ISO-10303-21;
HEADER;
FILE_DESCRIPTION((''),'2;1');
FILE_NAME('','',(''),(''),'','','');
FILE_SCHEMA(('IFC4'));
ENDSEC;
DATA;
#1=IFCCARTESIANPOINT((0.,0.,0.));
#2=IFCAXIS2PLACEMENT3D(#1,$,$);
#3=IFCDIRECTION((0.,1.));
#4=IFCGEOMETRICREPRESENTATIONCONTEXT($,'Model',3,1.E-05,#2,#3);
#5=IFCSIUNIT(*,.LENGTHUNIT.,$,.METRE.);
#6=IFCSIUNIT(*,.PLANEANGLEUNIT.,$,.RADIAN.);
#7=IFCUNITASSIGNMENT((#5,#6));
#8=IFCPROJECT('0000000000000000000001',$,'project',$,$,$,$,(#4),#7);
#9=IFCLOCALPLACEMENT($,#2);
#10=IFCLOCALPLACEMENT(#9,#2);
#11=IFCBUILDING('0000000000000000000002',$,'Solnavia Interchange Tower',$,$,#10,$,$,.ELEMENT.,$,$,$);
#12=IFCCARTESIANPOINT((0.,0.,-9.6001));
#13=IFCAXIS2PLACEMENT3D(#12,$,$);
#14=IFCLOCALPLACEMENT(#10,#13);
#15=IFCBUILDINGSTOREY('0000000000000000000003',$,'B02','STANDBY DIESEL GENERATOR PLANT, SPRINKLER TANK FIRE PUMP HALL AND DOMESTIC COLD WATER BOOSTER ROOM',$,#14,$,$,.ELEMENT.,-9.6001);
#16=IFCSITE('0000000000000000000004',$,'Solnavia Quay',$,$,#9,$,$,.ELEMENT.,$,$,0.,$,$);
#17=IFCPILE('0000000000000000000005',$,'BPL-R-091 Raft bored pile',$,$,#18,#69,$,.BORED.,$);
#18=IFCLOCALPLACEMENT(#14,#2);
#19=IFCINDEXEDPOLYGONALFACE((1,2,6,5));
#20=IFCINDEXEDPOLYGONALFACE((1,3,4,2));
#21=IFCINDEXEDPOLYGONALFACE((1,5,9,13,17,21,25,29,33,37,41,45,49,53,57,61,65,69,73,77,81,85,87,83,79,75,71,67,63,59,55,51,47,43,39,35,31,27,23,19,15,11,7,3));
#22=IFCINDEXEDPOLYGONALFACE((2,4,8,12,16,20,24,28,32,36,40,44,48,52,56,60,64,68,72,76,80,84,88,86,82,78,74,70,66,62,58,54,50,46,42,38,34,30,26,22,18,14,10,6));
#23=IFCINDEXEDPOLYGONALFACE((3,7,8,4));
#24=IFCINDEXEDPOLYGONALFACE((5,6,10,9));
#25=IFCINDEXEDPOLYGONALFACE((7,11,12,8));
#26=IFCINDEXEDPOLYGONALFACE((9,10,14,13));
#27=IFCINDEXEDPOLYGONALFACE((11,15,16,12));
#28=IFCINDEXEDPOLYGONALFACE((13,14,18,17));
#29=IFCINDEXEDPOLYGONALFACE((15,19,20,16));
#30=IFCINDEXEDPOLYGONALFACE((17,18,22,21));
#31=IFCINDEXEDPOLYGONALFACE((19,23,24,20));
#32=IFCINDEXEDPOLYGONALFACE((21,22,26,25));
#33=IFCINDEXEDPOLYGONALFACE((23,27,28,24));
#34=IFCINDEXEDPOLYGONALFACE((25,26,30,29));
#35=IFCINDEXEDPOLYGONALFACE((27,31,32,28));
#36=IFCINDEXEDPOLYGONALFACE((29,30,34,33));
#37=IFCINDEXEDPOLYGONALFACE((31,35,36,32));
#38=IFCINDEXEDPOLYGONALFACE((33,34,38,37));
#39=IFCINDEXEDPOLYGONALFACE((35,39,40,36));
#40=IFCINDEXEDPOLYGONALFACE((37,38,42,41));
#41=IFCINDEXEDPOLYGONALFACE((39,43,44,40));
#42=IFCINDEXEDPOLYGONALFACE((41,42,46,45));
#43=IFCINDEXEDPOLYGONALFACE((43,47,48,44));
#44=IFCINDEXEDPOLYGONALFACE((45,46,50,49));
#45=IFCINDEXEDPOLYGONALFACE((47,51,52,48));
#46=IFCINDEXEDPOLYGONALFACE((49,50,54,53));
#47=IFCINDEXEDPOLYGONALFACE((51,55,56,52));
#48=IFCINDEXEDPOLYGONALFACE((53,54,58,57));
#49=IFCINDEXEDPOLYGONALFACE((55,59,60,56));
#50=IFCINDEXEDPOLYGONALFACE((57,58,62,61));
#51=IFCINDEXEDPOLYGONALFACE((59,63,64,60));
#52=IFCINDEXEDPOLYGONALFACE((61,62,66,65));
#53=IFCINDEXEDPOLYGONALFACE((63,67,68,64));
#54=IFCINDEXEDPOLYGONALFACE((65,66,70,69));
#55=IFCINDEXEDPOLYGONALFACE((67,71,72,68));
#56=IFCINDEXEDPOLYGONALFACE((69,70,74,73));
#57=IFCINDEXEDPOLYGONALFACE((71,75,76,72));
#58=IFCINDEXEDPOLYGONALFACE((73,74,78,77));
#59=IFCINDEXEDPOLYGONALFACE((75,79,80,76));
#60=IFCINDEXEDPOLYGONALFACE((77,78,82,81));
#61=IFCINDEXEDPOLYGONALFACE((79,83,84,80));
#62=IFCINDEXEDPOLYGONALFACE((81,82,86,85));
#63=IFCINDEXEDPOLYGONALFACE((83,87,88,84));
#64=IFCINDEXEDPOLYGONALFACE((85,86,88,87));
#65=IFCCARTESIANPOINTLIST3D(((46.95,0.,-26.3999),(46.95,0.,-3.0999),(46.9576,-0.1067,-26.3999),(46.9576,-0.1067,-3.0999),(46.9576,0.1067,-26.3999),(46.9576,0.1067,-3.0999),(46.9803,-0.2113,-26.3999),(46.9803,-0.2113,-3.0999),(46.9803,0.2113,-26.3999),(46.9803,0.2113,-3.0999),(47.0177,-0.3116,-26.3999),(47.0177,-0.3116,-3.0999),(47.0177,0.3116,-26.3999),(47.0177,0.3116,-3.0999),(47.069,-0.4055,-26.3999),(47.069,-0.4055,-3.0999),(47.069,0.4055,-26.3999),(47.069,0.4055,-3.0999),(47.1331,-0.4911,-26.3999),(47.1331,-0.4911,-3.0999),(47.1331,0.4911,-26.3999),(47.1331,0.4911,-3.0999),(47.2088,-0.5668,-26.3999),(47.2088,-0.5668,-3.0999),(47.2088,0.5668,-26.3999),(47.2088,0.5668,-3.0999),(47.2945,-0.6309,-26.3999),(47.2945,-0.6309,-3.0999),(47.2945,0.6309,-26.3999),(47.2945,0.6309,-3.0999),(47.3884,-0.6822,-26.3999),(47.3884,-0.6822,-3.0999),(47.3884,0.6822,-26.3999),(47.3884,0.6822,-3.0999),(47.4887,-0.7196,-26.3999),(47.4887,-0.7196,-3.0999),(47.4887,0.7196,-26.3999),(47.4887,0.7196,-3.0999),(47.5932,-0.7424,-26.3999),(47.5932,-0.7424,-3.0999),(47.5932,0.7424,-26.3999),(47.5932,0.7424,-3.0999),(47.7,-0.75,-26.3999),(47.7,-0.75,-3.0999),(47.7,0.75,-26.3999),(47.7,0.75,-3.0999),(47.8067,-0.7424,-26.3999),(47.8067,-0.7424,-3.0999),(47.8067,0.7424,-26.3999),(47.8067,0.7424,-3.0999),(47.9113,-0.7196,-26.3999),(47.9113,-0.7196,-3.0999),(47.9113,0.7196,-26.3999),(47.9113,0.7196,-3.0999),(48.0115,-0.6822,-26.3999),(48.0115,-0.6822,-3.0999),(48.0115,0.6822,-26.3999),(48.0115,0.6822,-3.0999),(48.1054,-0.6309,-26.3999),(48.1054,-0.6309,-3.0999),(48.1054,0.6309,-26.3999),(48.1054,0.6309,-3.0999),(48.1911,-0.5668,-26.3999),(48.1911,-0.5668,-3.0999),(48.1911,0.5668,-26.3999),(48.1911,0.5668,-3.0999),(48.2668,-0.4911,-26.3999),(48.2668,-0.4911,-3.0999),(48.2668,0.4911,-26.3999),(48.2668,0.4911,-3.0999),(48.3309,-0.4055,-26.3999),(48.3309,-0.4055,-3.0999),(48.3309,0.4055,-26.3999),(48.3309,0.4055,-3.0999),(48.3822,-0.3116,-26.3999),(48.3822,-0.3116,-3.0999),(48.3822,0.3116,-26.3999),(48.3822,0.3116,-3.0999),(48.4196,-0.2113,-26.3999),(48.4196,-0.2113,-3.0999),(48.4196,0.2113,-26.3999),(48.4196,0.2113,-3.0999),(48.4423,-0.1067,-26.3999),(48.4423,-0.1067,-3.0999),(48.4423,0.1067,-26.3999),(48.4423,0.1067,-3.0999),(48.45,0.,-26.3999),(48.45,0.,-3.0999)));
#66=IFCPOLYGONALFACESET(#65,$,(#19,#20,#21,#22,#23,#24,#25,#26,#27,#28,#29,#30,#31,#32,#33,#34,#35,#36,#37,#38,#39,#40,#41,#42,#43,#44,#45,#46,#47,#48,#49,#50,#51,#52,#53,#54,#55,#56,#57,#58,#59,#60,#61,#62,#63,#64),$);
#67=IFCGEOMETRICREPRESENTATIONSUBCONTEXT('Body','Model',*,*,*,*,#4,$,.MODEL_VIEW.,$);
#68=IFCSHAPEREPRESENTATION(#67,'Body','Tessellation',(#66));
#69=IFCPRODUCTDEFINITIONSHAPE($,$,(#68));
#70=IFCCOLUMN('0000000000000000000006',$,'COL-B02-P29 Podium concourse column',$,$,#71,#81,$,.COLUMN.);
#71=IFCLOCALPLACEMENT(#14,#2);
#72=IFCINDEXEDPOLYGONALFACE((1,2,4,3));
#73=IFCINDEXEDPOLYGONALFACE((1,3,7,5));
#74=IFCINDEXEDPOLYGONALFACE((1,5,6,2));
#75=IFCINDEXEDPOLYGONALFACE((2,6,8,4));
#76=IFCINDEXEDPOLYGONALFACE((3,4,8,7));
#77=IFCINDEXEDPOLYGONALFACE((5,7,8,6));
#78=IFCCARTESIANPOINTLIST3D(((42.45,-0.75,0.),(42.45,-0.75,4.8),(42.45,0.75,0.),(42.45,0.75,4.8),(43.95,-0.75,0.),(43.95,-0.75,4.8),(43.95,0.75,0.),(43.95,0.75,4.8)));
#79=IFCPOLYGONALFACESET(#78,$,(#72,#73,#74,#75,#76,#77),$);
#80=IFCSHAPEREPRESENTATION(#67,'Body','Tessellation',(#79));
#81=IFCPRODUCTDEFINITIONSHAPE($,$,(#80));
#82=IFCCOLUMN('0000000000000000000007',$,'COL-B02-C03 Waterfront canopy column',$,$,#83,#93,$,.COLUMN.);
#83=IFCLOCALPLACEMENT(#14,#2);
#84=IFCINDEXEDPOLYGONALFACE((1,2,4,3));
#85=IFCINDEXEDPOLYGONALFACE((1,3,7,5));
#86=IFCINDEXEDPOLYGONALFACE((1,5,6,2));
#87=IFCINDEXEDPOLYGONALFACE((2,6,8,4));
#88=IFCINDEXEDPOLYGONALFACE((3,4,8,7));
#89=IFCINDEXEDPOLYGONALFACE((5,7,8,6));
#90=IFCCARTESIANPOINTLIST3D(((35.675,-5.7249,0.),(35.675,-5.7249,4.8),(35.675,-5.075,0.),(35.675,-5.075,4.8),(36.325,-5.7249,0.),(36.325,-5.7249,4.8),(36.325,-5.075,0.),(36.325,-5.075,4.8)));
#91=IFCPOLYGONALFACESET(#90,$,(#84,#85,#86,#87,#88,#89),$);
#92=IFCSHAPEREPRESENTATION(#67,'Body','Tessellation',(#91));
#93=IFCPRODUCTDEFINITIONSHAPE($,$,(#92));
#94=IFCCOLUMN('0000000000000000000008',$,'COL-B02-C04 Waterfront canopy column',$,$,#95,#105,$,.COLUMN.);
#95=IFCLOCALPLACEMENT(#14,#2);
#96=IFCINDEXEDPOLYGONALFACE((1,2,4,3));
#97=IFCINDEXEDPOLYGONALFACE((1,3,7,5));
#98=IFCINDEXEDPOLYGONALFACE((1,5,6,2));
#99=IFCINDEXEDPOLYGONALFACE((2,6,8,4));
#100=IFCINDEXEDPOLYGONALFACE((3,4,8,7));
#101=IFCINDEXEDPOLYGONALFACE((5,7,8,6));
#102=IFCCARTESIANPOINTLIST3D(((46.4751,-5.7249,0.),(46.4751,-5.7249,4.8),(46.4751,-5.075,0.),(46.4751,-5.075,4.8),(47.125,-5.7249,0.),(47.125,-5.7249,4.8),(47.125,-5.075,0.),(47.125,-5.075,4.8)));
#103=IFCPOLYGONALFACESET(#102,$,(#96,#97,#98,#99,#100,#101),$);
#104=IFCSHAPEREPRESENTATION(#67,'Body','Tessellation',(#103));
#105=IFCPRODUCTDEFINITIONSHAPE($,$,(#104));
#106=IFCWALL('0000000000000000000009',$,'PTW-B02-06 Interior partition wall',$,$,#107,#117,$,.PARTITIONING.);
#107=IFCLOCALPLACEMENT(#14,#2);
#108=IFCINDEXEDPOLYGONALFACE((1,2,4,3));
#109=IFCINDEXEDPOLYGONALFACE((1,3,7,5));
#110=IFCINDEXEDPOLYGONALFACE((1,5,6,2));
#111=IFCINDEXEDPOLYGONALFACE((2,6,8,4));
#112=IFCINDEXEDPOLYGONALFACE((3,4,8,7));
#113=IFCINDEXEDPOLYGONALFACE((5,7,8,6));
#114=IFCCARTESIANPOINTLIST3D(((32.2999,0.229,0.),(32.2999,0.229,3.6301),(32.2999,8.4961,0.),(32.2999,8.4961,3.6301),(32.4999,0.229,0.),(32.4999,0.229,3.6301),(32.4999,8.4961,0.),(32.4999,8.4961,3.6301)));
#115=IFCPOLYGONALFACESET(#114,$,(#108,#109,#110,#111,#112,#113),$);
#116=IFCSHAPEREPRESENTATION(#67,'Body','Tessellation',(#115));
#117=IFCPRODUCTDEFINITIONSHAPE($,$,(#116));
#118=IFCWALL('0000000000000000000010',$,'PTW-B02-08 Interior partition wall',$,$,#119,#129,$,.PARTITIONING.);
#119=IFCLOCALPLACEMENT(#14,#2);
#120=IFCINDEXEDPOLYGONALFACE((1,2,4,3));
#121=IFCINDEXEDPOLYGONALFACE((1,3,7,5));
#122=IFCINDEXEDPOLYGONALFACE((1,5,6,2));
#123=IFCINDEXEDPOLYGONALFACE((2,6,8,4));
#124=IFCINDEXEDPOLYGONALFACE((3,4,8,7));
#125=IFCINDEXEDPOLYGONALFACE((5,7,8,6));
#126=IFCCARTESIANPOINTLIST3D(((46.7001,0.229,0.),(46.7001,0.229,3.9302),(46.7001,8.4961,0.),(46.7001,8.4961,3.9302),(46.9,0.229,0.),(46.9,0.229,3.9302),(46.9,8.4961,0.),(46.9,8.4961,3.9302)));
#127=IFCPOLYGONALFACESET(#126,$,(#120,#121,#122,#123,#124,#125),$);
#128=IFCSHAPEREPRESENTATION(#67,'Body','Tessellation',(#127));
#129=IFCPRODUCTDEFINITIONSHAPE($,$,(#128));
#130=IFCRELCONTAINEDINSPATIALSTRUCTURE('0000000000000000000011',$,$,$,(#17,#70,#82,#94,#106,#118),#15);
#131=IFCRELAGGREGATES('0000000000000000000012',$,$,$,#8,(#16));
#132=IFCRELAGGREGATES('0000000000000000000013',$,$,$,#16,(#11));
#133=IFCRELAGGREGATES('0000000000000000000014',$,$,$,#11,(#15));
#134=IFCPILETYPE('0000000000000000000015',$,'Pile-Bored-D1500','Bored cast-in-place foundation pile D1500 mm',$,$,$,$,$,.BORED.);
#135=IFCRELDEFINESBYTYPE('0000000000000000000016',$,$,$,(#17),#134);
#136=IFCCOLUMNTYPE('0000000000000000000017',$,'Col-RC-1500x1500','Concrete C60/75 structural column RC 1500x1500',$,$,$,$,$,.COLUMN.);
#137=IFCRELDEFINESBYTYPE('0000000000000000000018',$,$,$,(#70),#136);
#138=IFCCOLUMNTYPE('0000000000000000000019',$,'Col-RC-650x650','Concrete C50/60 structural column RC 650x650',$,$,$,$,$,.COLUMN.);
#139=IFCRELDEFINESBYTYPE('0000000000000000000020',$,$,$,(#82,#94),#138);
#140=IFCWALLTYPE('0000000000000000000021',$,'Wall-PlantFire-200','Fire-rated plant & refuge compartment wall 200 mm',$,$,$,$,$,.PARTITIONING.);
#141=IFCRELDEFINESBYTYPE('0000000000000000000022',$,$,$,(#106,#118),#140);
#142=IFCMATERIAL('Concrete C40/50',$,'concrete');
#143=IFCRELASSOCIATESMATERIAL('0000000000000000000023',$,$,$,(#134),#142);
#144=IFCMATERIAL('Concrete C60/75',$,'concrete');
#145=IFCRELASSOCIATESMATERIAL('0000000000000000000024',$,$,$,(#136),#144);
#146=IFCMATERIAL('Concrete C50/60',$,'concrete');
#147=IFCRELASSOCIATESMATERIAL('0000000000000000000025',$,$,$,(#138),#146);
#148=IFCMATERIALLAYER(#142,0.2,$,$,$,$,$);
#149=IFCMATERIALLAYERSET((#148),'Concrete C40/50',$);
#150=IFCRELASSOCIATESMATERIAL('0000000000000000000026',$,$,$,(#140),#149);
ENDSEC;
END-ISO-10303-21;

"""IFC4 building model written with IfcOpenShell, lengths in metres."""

from ifc_helpers import new_model, si_unit, direction, frame, frame_2d, origin, origin_2d, place, context, subcontext, project, spatial, rectangle, circle, extrude, material, layer, layer_set, material_profile, profile_set, type_object, element, save


model = new_model("IFC4")

# Units and contexts
model_context = context("Model", 3, precision=1e-05, world=origin(), true_north=direction((0.0, 1.0)))
body_context = subcontext(model_context, "Body", "Model", "MODEL_VIEW")
ifc_project = project(units=[si_unit("LENGTHUNIT", "METRE"), si_unit("PLANEANGLEUNIT", "RADIAN")], contexts=[model_context])

# Site, building, storey
site_placement = place(None, origin())
site = spatial("IfcSite", under=ifc_project, at=site_placement, Name="Solnavia Quay", CompositionType="ELEMENT", RefElevation=0.0)
building_placement = place(site_placement, origin())
building = spatial("IfcBuilding", under=site, at=building_placement, Name="Solnavia Interchange Tower", CompositionType="ELEMENT")
storey_placement = place(building_placement, frame((0.0, 0.0, -9.6001)))
storey = spatial("IfcBuildingStorey", under=building, at=storey_placement, Name="B02", Description="STANDBY DIESEL GENERATOR PLANT, SPRINKLER TANK FIRE PUMP HALL AND DOMESTIC COLD WATER BOOSTER ROOM", CompositionType="ELEMENT", Elevation=-9.6001)

# Shared definitions
ifc_material_1 = material(Name="Concrete C40/50", Category="concrete")

# Pile
ifc_material_profile_1 = material_profile(ifc_material_1, circle(Radius=0.75, at=origin_2d()), Name="PILE D1500")
ifc_profile_set_1 = profile_set([ifc_material_profile_1], Name="Concrete C40/50")
pile_type = type_object("IfcPileType", Name="Pile-Bored-D1500", Description="Bored cast-in-place foundation pile D1500 mm", PredefinedType="BORED", material=ifc_profile_set_1)
for number, where, z_axis, x_axis, name in (
    (1, (47.7, 0.0, -3.0999), (0.0, 0.0, -1.0), (1.0, 0.0, 0.0), "BPL-R-091 Raft bored pile"),
):
    element("IfcPile", number, at=place(storey_placement, frame(where, z_axis=z_axis, x_axis=x_axis)), inside=storey, type_object=pile_type, Name=name, PredefinedType="BORED", context=body_context, shape_type="SweptSolid", body=[
        extrude(circle(Radius=0.75, at=origin_2d()), origin(), (0.0, 0.0, 1.0), 23.3),
    ])

# Columns
ifc_material_2 = material(Name="Concrete C60/75", Category="concrete")
ifc_material_profile_2 = material_profile(ifc_material_2, rectangle(XDim=1.5, YDim=1.5, at=origin_2d()), Name="RC 1500x1500")
ifc_profile_set_2 = profile_set([ifc_material_profile_2], Name="Concrete C60/75")
column_type_1 = type_object("IfcColumnType", Name="Col-RC-1500x1500", Description="Concrete C60/75 structural column RC 1500x1500", PredefinedType="COLUMN", material=ifc_profile_set_2)
column_placement = place(storey_placement, frame((43.2, 0.0, 0.0), z_axis=(0.0, 0.0, 1.0), x_axis=(1.0, 0.0, 0.0)))
element("IfcColumn", 2, at=column_placement, inside=storey, type_object=column_type_1, Name="COL-B02-P29 Podium concourse column", PredefinedType="COLUMN", context=body_context, shape_type="SweptSolid", body=[
    extrude(rectangle(XDim=1.5, YDim=1.5, at=origin_2d()), origin(), (0.0, 0.0, 1.0), 4.8),
])
ifc_material_3 = material(Name="Concrete C50/60", Category="concrete")
ifc_material_profile_3 = material_profile(ifc_material_3, rectangle(XDim=0.6499, YDim=0.6499, at=origin_2d()), Name="RC 650x650")
ifc_profile_set_3 = profile_set([ifc_material_profile_3], Name="Concrete C50/60")
column_type_2 = type_object("IfcColumnType", Name="Col-RC-650x650", Description="Concrete C50/60 structural column RC 650x650", PredefinedType="COLUMN", material=ifc_profile_set_3)
for number, where, z_axis, x_axis, name in (
    (3, (36.0, -5.3999, 0.0), (0.0, 0.0, 1.0), (1.0, 0.0, 0.0), "COL-B02-C03 Waterfront canopy column"),
    (4, (46.8, -5.3999, 0.0), (0.0, 0.0, 1.0), (1.0, 0.0, 0.0), "COL-B02-C04 Waterfront canopy column"),
):
    element("IfcColumn", number, at=place(storey_placement, frame(where, z_axis=z_axis, x_axis=x_axis)), inside=storey, type_object=column_type_2, Name=name, PredefinedType="COLUMN", context=body_context, shape_type="SweptSolid", body=[
        extrude(rectangle(XDim=0.6499, YDim=0.6499, at=origin_2d()), origin(), (0.0, 0.0, 1.0), 4.8),
    ])

# Walls
ifc_layer = layer(ifc_material_1, 0.2)
ifc_layer_set = layer_set([ifc_layer], Name="Concrete C40/50")
wall_type = type_object("IfcWallType", Name="Wall-PlantFire-200", Description="Fire-rated plant & refuge compartment wall 200 mm", PredefinedType="PARTITIONING", material=ifc_layer_set)
wall_1_placement = place(storey_placement, frame((32.3999, 0.229, 0.0), z_axis=(0.0, 0.0, 1.0), x_axis=(0.0, 1.0, 0.0)))
element("IfcWall", 5, at=wall_1_placement, inside=storey, type_object=wall_type, Name="PTW-B02-06 Interior partition wall", PredefinedType="PARTITIONING", context=body_context, shape_type="SweptSolid", body=[
    extrude(rectangle(XDim=8.2671, YDim=0.2, at=frame_2d((4.1335, 0.0))), origin(), (0.0, 0.0, 1.0), 3.6301),
])
wall_2_placement = place(storey_placement, frame((46.8, 0.229, 0.0), z_axis=(0.0, 0.0, 1.0), x_axis=(0.0, 1.0, 0.0)))
element("IfcWall", 6, at=wall_2_placement, inside=storey, type_object=wall_type, Name="PTW-B02-08 Interior partition wall", PredefinedType="PARTITIONING", context=body_context, shape_type="SweptSolid", body=[
    extrude(rectangle(XDim=8.2671, YDim=0.2, at=frame_2d((4.1335, 0.0))), origin(), (0.0, 0.0, 1.0), 3.9302),
])

save(model, "model.ifc")
